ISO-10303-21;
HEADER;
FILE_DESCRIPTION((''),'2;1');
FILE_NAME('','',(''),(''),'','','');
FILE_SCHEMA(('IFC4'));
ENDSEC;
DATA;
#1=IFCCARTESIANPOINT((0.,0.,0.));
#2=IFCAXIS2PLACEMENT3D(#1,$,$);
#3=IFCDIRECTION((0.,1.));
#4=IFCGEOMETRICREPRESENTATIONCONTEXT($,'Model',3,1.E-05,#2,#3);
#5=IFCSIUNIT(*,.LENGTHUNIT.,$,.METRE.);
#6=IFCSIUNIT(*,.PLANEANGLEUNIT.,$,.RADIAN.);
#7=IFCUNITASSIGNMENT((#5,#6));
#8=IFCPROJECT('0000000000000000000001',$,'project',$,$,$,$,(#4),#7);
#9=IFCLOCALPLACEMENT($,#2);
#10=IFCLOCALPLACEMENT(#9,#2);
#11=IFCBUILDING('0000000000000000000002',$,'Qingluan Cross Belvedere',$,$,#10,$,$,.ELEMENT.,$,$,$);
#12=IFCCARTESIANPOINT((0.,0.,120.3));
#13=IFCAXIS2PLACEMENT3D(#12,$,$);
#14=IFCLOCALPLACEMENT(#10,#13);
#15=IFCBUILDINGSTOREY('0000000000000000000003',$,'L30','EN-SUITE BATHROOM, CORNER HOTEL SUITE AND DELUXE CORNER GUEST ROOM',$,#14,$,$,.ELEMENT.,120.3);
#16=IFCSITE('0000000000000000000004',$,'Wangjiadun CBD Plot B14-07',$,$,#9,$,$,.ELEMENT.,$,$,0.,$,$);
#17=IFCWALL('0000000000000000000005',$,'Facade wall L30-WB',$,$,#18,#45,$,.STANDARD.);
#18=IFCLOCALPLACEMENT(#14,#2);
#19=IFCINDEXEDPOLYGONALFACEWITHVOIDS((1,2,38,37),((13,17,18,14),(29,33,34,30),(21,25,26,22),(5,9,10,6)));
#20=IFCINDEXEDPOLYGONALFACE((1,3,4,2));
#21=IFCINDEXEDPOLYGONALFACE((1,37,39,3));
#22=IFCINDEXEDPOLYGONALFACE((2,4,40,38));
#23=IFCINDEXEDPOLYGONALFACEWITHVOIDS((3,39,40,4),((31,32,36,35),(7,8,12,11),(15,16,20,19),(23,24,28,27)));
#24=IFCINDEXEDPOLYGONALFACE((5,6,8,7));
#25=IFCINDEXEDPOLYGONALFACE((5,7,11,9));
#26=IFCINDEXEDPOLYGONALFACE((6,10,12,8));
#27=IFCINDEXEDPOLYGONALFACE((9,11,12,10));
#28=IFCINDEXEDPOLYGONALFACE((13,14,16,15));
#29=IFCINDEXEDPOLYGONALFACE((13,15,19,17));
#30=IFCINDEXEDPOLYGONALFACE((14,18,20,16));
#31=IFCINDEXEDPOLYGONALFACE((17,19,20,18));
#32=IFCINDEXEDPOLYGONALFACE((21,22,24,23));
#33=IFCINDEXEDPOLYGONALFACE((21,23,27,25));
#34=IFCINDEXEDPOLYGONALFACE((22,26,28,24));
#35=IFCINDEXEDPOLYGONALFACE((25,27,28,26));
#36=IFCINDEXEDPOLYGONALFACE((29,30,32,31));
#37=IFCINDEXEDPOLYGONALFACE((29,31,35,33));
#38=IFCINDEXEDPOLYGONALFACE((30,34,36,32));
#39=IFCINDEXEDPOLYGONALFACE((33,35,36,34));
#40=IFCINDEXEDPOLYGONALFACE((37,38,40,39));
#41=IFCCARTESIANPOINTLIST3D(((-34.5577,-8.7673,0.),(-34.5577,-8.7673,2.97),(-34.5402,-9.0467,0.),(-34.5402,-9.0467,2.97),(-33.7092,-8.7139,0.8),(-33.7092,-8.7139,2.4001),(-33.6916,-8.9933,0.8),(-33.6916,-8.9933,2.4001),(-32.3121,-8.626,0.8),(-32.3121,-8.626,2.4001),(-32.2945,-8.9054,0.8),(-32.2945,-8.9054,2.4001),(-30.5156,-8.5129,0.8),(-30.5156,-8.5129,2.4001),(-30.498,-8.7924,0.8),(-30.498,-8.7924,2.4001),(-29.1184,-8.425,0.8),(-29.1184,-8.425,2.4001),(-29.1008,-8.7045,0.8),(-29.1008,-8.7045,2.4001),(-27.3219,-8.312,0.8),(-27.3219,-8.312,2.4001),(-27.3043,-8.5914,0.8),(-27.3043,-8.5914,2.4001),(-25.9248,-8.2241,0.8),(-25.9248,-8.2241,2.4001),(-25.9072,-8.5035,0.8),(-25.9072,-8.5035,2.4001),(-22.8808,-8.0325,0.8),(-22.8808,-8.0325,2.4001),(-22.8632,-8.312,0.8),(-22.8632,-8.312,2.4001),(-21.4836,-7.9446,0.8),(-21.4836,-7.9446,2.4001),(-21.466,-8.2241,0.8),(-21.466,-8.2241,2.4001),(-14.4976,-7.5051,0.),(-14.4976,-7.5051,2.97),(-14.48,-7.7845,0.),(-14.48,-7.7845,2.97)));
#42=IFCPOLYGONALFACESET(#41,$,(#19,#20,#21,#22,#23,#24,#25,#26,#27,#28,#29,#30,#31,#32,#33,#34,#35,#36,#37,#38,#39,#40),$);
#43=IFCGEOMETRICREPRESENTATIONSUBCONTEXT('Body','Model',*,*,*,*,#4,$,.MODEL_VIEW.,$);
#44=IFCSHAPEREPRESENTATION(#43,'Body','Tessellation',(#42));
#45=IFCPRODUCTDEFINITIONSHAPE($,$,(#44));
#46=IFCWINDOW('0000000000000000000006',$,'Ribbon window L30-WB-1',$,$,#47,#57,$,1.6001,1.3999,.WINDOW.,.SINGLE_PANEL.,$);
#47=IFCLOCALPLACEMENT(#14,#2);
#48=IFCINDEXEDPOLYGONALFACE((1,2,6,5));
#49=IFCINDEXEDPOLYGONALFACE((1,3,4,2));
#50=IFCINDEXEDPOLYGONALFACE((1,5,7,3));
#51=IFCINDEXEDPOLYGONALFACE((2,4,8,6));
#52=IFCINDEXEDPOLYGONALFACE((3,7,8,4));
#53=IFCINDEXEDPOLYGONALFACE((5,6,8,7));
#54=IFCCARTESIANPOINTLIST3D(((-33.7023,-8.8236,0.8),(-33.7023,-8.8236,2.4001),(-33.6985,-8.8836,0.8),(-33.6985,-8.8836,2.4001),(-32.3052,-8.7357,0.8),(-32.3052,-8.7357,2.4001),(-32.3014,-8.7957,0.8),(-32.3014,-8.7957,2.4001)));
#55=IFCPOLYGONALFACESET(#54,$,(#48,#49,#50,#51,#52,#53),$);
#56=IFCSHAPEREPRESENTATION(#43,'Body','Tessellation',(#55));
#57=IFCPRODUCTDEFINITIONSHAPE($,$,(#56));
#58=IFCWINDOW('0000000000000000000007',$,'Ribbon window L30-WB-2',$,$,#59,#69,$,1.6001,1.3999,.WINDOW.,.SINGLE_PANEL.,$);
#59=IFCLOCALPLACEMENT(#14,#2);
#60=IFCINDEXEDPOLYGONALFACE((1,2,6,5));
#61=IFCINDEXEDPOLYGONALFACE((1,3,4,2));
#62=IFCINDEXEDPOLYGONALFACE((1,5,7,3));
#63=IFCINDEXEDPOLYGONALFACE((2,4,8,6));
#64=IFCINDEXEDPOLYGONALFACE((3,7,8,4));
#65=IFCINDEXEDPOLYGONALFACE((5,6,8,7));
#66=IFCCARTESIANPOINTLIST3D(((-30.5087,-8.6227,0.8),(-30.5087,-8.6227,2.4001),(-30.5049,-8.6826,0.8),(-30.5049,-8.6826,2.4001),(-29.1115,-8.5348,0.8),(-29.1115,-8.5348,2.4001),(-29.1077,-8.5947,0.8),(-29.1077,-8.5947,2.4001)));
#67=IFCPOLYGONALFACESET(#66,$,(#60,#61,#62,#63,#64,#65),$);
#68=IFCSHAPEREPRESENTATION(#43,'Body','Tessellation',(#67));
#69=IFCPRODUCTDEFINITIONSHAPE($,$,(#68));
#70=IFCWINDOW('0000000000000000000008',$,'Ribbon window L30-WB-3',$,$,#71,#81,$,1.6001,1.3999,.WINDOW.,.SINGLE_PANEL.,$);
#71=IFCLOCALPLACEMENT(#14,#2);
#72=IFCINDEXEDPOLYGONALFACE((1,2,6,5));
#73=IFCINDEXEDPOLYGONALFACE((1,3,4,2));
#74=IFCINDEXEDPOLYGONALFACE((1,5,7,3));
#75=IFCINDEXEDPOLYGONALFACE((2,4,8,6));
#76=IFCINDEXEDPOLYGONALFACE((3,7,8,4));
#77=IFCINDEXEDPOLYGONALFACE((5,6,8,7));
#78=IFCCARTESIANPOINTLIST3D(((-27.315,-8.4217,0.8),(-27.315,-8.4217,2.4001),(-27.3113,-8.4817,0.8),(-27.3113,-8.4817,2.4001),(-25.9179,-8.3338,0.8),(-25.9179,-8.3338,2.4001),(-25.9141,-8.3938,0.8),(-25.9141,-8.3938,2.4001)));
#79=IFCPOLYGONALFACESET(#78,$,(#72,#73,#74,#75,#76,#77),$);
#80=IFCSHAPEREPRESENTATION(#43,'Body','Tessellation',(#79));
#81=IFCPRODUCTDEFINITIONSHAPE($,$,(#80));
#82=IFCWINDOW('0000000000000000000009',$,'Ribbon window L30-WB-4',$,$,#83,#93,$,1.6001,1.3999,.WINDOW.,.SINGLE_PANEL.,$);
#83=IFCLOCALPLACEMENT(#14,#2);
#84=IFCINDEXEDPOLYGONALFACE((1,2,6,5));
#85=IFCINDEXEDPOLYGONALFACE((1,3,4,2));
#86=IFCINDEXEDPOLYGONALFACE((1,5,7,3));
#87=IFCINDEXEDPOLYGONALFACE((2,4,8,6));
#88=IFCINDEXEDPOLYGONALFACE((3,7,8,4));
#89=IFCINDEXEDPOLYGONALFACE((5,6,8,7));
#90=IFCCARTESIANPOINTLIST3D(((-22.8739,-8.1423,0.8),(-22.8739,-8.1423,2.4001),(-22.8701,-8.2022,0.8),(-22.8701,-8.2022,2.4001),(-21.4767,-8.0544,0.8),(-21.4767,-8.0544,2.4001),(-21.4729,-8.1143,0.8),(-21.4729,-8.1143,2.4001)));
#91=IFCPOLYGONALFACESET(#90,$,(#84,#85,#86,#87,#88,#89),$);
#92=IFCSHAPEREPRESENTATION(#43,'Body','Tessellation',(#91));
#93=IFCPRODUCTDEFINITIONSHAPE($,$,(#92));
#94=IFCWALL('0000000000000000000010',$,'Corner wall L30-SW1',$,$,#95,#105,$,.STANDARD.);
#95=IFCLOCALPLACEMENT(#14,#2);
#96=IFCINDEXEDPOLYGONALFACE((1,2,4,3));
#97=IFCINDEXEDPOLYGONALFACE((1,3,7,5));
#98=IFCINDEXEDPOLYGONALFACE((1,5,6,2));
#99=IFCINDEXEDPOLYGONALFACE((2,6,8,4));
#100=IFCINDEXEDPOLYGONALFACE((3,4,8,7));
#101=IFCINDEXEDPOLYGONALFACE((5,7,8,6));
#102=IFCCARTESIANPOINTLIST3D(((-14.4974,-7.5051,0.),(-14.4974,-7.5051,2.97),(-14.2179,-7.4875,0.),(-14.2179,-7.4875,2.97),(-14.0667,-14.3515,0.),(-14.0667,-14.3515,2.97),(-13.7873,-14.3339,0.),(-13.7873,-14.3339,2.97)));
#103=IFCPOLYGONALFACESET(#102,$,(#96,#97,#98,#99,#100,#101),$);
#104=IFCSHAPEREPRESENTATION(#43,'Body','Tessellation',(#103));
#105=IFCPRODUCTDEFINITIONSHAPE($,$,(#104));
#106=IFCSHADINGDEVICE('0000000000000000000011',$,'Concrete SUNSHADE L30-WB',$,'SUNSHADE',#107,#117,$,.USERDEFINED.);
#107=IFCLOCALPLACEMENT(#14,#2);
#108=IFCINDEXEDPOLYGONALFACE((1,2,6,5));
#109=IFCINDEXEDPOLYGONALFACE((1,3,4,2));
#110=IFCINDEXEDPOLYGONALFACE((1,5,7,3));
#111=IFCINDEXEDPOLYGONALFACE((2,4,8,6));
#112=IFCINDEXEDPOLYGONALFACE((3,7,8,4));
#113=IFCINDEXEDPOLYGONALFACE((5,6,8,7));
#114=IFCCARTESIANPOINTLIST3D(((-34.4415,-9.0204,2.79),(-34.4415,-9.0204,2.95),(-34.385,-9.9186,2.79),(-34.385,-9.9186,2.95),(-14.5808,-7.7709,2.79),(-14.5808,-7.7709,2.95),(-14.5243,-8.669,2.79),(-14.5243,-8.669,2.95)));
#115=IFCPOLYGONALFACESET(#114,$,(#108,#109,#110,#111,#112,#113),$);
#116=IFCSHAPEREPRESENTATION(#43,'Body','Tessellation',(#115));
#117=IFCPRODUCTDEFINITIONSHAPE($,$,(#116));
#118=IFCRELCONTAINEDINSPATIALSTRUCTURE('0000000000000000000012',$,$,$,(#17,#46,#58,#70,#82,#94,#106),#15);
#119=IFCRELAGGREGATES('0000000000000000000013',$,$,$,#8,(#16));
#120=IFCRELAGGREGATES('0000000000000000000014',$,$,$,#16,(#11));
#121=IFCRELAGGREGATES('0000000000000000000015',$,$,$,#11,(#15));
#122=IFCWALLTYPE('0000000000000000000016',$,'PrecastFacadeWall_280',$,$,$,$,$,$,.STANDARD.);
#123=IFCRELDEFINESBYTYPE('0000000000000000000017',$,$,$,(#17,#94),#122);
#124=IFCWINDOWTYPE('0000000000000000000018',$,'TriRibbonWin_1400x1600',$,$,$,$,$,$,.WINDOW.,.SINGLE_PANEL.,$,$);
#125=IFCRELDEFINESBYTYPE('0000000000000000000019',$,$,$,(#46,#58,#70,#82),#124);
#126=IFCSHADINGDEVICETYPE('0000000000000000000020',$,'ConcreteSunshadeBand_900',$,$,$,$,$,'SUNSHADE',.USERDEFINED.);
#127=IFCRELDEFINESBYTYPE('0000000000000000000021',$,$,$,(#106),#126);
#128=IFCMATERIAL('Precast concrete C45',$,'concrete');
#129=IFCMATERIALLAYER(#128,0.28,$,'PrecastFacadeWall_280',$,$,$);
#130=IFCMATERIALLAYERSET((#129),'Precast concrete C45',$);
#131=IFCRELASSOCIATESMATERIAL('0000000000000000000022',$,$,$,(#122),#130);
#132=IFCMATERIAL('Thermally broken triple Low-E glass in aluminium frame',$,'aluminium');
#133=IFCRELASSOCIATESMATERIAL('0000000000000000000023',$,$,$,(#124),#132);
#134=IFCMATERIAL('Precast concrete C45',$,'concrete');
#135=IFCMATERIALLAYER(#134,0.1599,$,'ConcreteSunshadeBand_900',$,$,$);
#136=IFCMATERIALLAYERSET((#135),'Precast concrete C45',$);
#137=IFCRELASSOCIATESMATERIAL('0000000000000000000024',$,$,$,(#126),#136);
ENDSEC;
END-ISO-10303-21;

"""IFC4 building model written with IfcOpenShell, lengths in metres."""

from ifc_helpers import new_model, si_unit, direction, frame, frame_2d, origin, origin_2d, place, context, subcontext, project, spatial, rectangle, extrude, material, layer, layer_set, type_object, element, fill, save


model = new_model("IFC4")

# Units and contexts
model_context = context("Model", 3, precision=1e-05, world=origin(), true_north=direction((0.0, 1.0)))
body_context = subcontext(model_context, "Body", "Model", "MODEL_VIEW")
ifc_project = project(units=[si_unit("LENGTHUNIT", "METRE"), si_unit("PLANEANGLEUNIT", "RADIAN")], contexts=[model_context])

# Site, building, storey
site_placement = place(None, origin())
site = spatial("IfcSite", under=ifc_project, at=site_placement, Name="Wangjiadun CBD Plot B14-07", CompositionType="ELEMENT", RefElevation=0.0)
building_placement = place(site_placement, origin())
building = spatial("IfcBuilding", under=site, at=building_placement, Name="Qingluan Cross Belvedere", CompositionType="ELEMENT")
storey_placement = place(building_placement, frame((0.0, 0.0, 120.3)))
storey = spatial("IfcBuildingStorey", under=building, at=storey_placement, Name="L30", Description="EN-SUITE BATHROOM, CORNER HOTEL SUITE AND DELUXE CORNER GUEST ROOM", CompositionType="ELEMENT", Elevation=120.3)

# Wall, openings, windows
ifc_material_1 = material(Name="Precast concrete C45", Category="concrete")
ifc_layer_1 = layer(ifc_material_1, 0.28, Name="PrecastFacadeWall_280")
ifc_layer_set_1 = layer_set([ifc_layer_1], Name="Precast concrete C45")
wall_type_1 = type_object("IfcWallType", Name="PrecastFacadeWall_280", PredefinedType="STANDARD", material=ifc_layer_set_1)
wall_1_placement = place(storey_placement, frame((-34.5488, -8.907, 0.0), z_axis=(0.0, 0.0, 1.0), x_axis=(0.998026, 0.062796, 0.0)))
wall_1 = element("IfcWall", 1, at=wall_1_placement, inside=storey, type_object=wall_type_1, Name="Facade wall L30-WB", PredefinedType="STANDARD", context=body_context, shape_type="SweptSolid", body=[
    extrude(rectangle(XDim=20.0999, YDim=0.28, at=frame_2d((10.0498, 0.0))), origin(), (0.0, 0.0, 1.0), 2.97),
])
opening_1_placement = place(wall_1_placement, frame((0.8501, 0.0, 0.8)))
opening_1 = element("IfcOpeningElement", 2, at=opening_1_placement, cuts=wall_1, PredefinedType="OPENING", context=body_context, shape_type="SweptSolid", body=[
    extrude(rectangle(XDim=1.3999, YDim=1.6001, at=frame_2d((0.7, 0.8))), frame((0.0, 0.1499, 0.0), z_axis=(0.0, -1.0, 0.0), x_axis=(1.0, 0.0, 0.0)), (0.0, 0.0, 1.0), 0.3),
])
opening_2_placement = place(wall_1_placement, frame((4.05, 0.0, 0.8)))
opening_2 = element("IfcOpeningElement", 3, at=opening_2_placement, cuts=wall_1, PredefinedType="OPENING", context=body_context, shape_type="SweptSolid", body=[
    extrude(rectangle(XDim=1.3999, YDim=1.6001, at=frame_2d((0.7, 0.8))), frame((0.0, 0.1499, 0.0), z_axis=(0.0, -1.0, 0.0), x_axis=(1.0, 0.0, 0.0)), (0.0, 0.0, 1.0), 0.3),
])
opening_3_placement = place(wall_1_placement, frame((7.25, 0.0, 0.8)))
opening_3 = element("IfcOpeningElement", 4, at=opening_3_placement, cuts=wall_1, PredefinedType="OPENING", context=body_context, shape_type="SweptSolid", body=[
    extrude(rectangle(XDim=1.3999, YDim=1.6001, at=frame_2d((0.7, 0.8))), frame((0.0, 0.1499, 0.0), z_axis=(0.0, -1.0, 0.0), x_axis=(1.0, 0.0, 0.0)), (0.0, 0.0, 1.0), 0.3),
])
opening_4_placement = place(wall_1_placement, frame((11.7, 0.0, 0.8)))
opening_4 = element("IfcOpeningElement", 5, at=opening_4_placement, cuts=wall_1, PredefinedType="OPENING", context=body_context, shape_type="SweptSolid", body=[
    extrude(rectangle(XDim=1.3999, YDim=1.6001, at=frame_2d((0.7, 0.8))), frame((0.0, 0.1499, 0.0), z_axis=(0.0, -1.0, 0.0), x_axis=(1.0, 0.0, 0.0)), (0.0, 0.0, 1.0), 0.3),
])
ifc_material_2 = material(Name="Thermally broken triple Low-E glass in aluminium frame", Category="aluminium")
window_type = type_object("IfcWindowType", Name="TriRibbonWin_1400x1600", PartitioningType="SINGLE_PANEL", PredefinedType="WINDOW", material=ifc_material_2)
window_1_placement = place(opening_1_placement, origin())
window_1 = element("IfcWindow", 6, at=window_1_placement, inside=storey, type_object=window_type, Name="Ribbon window L30-WB-1", OverallHeight=1.6001, OverallWidth=1.3999, PartitioningType="SINGLE_PANEL", PredefinedType="WINDOW", context=body_context, shape_type="SweptSolid", body=[
    extrude(rectangle(XDim=1.3999, YDim=1.6001, at=frame_2d((0.7, 0.8))), frame((0.0, 0.03, 0.0), z_axis=(0.0, -1.0, 0.0), x_axis=(1.0, 0.0, 0.0)), (0.0, 0.0, 1.0), 0.0601),
])
fill(opening_1, window_1)
window_2_placement = place(opening_2_placement, origin())
window_2 = element("IfcWindow", 7, at=window_2_placement, inside=storey, type_object=window_type, Name="Ribbon window L30-WB-2", OverallHeight=1.6001, OverallWidth=1.3999, PartitioningType="SINGLE_PANEL", PredefinedType="WINDOW", context=body_context, shape_type="SweptSolid", body=[
    extrude(rectangle(XDim=1.3999, YDim=1.6001, at=frame_2d((0.7, 0.8))), frame((0.0, 0.03, 0.0), z_axis=(0.0, -1.0, 0.0), x_axis=(1.0, 0.0, 0.0)), (0.0, 0.0, 1.0), 0.0601),
])
fill(opening_2, window_2)
window_3_placement = place(opening_3_placement, origin())
window_3 = element("IfcWindow", 8, at=window_3_placement, inside=storey, type_object=window_type, Name="Ribbon window L30-WB-3", OverallHeight=1.6001, OverallWidth=1.3999, PartitioningType="SINGLE_PANEL", PredefinedType="WINDOW", context=body_context, shape_type="SweptSolid", body=[
    extrude(rectangle(XDim=1.3999, YDim=1.6001, at=frame_2d((0.7, 0.8))), frame((0.0, 0.03, 0.0), z_axis=(0.0, -1.0, 0.0), x_axis=(1.0, 0.0, 0.0)), (0.0, 0.0, 1.0), 0.0601),
])
fill(opening_3, window_3)
window_4_placement = place(opening_4_placement, origin())
window_4 = element("IfcWindow", 9, at=window_4_placement, inside=storey, type_object=window_type, Name="Ribbon window L30-WB-4", OverallHeight=1.6001, OverallWidth=1.3999, PartitioningType="SINGLE_PANEL", PredefinedType="WINDOW", context=body_context, shape_type="SweptSolid", body=[
    extrude(rectangle(XDim=1.3999, YDim=1.6001, at=frame_2d((0.7, 0.8))), frame((0.0, 0.03, 0.0), z_axis=(0.0, -1.0, 0.0), x_axis=(1.0, 0.0, 0.0)), (0.0, 0.0, 1.0), 0.0601),
])
fill(opening_4, window_4)

# Wall
wall_2_placement = place(storey_placement, frame((-14.3577, -7.4963, 0.0), z_axis=(0.0, 0.0, 1.0), x_axis=(0.062779, -0.998027, 0.0)))
element("IfcWall", 10, at=wall_2_placement, inside=storey, type_object=wall_type_1, Name="Corner wall L30-SW1", PredefinedType="STANDARD", context=body_context, shape_type="SweptSolid", body=[
    extrude(rectangle(XDim=6.8599, YDim=0.28, at=frame_2d((3.4299, 0.0))), origin(), (0.0, 0.0, 1.0), 2.97),
])

# Shading device
ifc_material_3 = material(Name="Precast concrete C45", Category="concrete")
ifc_layer_2 = layer(ifc_material_3, 0.1599, Name="ConcreteSunshadeBand_900")
ifc_layer_set_2 = layer_set([ifc_layer_2], Name="Precast concrete C45")
shading_device_type = type_object("IfcShadingDeviceType", Name="ConcreteSunshadeBand_900", ElementType="SUNSHADE", PredefinedType="USERDEFINED", material=ifc_layer_set_2)
shading_device_placement = place(storey_placement, frame((-24.4829, -8.8447, 2.79), z_axis=(0.0, 0.0, 1.0), x_axis=(0.998027, 0.062791, 0.0)))
element("IfcShadingDevice", 11, at=shading_device_placement, inside=storey, type_object=shading_device_type, Name="Concrete SUNSHADE L30-WB", ObjectType="SUNSHADE", PredefinedType="USERDEFINED", context=body_context, shape_type="SweptSolid", body=[
    extrude(rectangle(XDim=19.8999, YDim=0.8999, at=origin_2d()), origin(), (0.0, 0.0, 1.0), 0.1599),
])

save(model, "model.ifc")
